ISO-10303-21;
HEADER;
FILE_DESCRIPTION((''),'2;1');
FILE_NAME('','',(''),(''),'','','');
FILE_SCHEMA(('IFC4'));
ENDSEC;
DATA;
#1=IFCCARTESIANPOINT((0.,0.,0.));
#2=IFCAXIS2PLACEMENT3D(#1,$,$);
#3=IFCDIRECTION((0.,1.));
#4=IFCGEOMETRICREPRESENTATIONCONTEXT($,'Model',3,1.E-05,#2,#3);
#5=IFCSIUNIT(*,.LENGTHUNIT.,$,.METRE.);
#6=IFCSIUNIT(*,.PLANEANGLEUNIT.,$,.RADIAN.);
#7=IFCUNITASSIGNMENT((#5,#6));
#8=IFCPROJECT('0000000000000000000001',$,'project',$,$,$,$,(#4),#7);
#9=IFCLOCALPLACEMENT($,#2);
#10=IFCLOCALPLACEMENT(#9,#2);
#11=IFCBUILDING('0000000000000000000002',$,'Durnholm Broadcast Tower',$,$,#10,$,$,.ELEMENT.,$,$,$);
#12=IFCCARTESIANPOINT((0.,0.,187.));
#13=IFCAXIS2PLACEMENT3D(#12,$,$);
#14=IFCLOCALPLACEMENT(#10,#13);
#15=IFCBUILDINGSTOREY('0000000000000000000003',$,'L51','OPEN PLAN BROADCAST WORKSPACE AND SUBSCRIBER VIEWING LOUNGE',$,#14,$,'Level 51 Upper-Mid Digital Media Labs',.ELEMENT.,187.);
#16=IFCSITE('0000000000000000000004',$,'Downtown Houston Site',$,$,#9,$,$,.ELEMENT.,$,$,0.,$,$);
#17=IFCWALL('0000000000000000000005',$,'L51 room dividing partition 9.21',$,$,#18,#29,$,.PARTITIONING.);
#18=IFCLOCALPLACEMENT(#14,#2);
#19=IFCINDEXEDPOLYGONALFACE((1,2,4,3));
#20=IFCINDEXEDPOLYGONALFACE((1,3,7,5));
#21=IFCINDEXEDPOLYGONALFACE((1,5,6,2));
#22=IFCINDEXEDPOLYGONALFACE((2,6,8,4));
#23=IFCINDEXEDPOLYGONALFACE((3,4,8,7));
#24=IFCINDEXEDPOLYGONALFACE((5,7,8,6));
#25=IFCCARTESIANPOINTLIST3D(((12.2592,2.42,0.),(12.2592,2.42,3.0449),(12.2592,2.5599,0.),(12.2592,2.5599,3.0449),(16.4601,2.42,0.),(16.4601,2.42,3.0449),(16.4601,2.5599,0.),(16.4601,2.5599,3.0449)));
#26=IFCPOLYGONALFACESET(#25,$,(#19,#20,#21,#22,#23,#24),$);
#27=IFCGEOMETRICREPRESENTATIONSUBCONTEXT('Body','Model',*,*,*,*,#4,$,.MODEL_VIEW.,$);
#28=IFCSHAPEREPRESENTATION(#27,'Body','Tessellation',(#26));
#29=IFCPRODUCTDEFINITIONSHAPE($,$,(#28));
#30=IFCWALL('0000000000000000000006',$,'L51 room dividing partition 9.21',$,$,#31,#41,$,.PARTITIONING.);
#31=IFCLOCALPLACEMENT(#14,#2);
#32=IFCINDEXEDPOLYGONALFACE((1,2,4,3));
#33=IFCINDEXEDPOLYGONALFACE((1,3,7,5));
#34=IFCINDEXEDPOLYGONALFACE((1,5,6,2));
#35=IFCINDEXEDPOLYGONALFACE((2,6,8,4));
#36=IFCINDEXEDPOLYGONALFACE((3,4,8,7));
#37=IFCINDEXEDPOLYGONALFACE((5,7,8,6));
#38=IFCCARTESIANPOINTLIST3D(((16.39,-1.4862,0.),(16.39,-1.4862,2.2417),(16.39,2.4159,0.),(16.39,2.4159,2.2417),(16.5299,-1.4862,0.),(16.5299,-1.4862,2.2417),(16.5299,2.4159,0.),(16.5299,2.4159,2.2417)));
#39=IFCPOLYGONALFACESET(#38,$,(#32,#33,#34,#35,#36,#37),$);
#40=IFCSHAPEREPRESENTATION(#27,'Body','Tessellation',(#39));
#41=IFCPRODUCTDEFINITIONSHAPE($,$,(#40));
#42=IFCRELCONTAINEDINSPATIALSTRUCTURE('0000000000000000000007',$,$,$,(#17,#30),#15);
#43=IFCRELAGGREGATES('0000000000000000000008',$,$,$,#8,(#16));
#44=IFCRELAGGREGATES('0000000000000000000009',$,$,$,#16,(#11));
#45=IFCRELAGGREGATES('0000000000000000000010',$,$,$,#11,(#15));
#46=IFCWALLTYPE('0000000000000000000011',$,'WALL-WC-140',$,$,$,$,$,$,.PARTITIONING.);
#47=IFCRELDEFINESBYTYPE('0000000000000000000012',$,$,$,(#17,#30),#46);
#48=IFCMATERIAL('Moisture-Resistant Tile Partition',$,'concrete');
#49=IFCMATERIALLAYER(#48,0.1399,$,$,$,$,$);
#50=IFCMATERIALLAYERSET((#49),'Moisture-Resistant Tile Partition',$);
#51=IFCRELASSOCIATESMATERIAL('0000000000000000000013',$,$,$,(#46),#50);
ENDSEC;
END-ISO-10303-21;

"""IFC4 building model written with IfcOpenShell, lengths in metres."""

from ifc_helpers import new_model, si_unit, direction, frame, frame_2d, origin, place, context, subcontext, project, spatial, rectangle, extrude, material, layer, layer_set, type_object, element, save


model = new_model("IFC4")

# Units and contexts
model_context = context("Model", 3, precision=1e-05, world=origin(), true_north=direction((0.0, 1.0)))
body_context = subcontext(model_context, "Body", "Model", "MODEL_VIEW")
ifc_project = project(units=[si_unit("LENGTHUNIT", "METRE"), si_unit("PLANEANGLEUNIT", "RADIAN")], contexts=[model_context])

# Site, building, storey
site_placement = place(None, origin())
site = spatial("IfcSite", under=ifc_project, at=site_placement, Name="Downtown Houston Site", CompositionType="ELEMENT", RefElevation=0.0)
building_placement = place(site_placement, origin())
building = spatial("IfcBuilding", under=site, at=building_placement, Name="Durnholm Broadcast Tower", CompositionType="ELEMENT")
storey_placement = place(building_placement, frame((0.0, 0.0, 187.0)))
storey = spatial("IfcBuildingStorey", under=building, at=storey_placement, Name="L51", Description="OPEN PLAN BROADCAST WORKSPACE AND SUBSCRIBER VIEWING LOUNGE", LongName="Level 51 Upper-Mid Digital Media Labs", CompositionType="ELEMENT", Elevation=187.0)

# Walls
ifc_material_1 = material(Name="Moisture-Resistant Tile Partition", Category="concrete")
ifc_layer_1 = layer(ifc_material_1, 0.1399)
ifc_layer_set_1 = layer_set([ifc_layer_1], Name="Moisture-Resistant Tile Partition")
wall_type_1 = type_object("IfcWallType", Name="WALL-WC-140", PredefinedType="PARTITIONING", material=ifc_layer_set_1)
wall_1_placement = place(storey_placement, frame((12.259, 2.49, 0.0), z_axis=(0.0, 0.0, 1.0), x_axis=(1.0, 0.0, 0.0)))
element("IfcWall", 1, at=wall_1_placement, inside=storey, type_object=wall_type_1, Name="L51 room dividing partition 9.21", PredefinedType="PARTITIONING", context=body_context, shape_type="SweptSolid", body=[
    extrude(rectangle(XDim=4.2009, YDim=0.1399, at=frame_2d((2.1006, 0.0))), origin(), (0.0, 0.0, 1.0), 3.0449),
])
wall_2_placement = place(storey_placement, frame((16.46, 2.416, 0.0), z_axis=(0.0, 0.0, 1.0), x_axis=(0.0, -1.0, 0.0)))
element("IfcWall", 2, at=wall_2_placement, inside=storey, type_object=wall_type_1, Name="L51 room dividing partition 9.21", PredefinedType="PARTITIONING", context=body_context, shape_type="SweptSolid", body=[
    extrude(rectangle(XDim=3.9021, YDim=0.1399, at=frame_2d((1.9512, 0.0))), origin(), (0.0, 0.0, 1.0), 2.2417),
])

save(model, "model.ifc")
